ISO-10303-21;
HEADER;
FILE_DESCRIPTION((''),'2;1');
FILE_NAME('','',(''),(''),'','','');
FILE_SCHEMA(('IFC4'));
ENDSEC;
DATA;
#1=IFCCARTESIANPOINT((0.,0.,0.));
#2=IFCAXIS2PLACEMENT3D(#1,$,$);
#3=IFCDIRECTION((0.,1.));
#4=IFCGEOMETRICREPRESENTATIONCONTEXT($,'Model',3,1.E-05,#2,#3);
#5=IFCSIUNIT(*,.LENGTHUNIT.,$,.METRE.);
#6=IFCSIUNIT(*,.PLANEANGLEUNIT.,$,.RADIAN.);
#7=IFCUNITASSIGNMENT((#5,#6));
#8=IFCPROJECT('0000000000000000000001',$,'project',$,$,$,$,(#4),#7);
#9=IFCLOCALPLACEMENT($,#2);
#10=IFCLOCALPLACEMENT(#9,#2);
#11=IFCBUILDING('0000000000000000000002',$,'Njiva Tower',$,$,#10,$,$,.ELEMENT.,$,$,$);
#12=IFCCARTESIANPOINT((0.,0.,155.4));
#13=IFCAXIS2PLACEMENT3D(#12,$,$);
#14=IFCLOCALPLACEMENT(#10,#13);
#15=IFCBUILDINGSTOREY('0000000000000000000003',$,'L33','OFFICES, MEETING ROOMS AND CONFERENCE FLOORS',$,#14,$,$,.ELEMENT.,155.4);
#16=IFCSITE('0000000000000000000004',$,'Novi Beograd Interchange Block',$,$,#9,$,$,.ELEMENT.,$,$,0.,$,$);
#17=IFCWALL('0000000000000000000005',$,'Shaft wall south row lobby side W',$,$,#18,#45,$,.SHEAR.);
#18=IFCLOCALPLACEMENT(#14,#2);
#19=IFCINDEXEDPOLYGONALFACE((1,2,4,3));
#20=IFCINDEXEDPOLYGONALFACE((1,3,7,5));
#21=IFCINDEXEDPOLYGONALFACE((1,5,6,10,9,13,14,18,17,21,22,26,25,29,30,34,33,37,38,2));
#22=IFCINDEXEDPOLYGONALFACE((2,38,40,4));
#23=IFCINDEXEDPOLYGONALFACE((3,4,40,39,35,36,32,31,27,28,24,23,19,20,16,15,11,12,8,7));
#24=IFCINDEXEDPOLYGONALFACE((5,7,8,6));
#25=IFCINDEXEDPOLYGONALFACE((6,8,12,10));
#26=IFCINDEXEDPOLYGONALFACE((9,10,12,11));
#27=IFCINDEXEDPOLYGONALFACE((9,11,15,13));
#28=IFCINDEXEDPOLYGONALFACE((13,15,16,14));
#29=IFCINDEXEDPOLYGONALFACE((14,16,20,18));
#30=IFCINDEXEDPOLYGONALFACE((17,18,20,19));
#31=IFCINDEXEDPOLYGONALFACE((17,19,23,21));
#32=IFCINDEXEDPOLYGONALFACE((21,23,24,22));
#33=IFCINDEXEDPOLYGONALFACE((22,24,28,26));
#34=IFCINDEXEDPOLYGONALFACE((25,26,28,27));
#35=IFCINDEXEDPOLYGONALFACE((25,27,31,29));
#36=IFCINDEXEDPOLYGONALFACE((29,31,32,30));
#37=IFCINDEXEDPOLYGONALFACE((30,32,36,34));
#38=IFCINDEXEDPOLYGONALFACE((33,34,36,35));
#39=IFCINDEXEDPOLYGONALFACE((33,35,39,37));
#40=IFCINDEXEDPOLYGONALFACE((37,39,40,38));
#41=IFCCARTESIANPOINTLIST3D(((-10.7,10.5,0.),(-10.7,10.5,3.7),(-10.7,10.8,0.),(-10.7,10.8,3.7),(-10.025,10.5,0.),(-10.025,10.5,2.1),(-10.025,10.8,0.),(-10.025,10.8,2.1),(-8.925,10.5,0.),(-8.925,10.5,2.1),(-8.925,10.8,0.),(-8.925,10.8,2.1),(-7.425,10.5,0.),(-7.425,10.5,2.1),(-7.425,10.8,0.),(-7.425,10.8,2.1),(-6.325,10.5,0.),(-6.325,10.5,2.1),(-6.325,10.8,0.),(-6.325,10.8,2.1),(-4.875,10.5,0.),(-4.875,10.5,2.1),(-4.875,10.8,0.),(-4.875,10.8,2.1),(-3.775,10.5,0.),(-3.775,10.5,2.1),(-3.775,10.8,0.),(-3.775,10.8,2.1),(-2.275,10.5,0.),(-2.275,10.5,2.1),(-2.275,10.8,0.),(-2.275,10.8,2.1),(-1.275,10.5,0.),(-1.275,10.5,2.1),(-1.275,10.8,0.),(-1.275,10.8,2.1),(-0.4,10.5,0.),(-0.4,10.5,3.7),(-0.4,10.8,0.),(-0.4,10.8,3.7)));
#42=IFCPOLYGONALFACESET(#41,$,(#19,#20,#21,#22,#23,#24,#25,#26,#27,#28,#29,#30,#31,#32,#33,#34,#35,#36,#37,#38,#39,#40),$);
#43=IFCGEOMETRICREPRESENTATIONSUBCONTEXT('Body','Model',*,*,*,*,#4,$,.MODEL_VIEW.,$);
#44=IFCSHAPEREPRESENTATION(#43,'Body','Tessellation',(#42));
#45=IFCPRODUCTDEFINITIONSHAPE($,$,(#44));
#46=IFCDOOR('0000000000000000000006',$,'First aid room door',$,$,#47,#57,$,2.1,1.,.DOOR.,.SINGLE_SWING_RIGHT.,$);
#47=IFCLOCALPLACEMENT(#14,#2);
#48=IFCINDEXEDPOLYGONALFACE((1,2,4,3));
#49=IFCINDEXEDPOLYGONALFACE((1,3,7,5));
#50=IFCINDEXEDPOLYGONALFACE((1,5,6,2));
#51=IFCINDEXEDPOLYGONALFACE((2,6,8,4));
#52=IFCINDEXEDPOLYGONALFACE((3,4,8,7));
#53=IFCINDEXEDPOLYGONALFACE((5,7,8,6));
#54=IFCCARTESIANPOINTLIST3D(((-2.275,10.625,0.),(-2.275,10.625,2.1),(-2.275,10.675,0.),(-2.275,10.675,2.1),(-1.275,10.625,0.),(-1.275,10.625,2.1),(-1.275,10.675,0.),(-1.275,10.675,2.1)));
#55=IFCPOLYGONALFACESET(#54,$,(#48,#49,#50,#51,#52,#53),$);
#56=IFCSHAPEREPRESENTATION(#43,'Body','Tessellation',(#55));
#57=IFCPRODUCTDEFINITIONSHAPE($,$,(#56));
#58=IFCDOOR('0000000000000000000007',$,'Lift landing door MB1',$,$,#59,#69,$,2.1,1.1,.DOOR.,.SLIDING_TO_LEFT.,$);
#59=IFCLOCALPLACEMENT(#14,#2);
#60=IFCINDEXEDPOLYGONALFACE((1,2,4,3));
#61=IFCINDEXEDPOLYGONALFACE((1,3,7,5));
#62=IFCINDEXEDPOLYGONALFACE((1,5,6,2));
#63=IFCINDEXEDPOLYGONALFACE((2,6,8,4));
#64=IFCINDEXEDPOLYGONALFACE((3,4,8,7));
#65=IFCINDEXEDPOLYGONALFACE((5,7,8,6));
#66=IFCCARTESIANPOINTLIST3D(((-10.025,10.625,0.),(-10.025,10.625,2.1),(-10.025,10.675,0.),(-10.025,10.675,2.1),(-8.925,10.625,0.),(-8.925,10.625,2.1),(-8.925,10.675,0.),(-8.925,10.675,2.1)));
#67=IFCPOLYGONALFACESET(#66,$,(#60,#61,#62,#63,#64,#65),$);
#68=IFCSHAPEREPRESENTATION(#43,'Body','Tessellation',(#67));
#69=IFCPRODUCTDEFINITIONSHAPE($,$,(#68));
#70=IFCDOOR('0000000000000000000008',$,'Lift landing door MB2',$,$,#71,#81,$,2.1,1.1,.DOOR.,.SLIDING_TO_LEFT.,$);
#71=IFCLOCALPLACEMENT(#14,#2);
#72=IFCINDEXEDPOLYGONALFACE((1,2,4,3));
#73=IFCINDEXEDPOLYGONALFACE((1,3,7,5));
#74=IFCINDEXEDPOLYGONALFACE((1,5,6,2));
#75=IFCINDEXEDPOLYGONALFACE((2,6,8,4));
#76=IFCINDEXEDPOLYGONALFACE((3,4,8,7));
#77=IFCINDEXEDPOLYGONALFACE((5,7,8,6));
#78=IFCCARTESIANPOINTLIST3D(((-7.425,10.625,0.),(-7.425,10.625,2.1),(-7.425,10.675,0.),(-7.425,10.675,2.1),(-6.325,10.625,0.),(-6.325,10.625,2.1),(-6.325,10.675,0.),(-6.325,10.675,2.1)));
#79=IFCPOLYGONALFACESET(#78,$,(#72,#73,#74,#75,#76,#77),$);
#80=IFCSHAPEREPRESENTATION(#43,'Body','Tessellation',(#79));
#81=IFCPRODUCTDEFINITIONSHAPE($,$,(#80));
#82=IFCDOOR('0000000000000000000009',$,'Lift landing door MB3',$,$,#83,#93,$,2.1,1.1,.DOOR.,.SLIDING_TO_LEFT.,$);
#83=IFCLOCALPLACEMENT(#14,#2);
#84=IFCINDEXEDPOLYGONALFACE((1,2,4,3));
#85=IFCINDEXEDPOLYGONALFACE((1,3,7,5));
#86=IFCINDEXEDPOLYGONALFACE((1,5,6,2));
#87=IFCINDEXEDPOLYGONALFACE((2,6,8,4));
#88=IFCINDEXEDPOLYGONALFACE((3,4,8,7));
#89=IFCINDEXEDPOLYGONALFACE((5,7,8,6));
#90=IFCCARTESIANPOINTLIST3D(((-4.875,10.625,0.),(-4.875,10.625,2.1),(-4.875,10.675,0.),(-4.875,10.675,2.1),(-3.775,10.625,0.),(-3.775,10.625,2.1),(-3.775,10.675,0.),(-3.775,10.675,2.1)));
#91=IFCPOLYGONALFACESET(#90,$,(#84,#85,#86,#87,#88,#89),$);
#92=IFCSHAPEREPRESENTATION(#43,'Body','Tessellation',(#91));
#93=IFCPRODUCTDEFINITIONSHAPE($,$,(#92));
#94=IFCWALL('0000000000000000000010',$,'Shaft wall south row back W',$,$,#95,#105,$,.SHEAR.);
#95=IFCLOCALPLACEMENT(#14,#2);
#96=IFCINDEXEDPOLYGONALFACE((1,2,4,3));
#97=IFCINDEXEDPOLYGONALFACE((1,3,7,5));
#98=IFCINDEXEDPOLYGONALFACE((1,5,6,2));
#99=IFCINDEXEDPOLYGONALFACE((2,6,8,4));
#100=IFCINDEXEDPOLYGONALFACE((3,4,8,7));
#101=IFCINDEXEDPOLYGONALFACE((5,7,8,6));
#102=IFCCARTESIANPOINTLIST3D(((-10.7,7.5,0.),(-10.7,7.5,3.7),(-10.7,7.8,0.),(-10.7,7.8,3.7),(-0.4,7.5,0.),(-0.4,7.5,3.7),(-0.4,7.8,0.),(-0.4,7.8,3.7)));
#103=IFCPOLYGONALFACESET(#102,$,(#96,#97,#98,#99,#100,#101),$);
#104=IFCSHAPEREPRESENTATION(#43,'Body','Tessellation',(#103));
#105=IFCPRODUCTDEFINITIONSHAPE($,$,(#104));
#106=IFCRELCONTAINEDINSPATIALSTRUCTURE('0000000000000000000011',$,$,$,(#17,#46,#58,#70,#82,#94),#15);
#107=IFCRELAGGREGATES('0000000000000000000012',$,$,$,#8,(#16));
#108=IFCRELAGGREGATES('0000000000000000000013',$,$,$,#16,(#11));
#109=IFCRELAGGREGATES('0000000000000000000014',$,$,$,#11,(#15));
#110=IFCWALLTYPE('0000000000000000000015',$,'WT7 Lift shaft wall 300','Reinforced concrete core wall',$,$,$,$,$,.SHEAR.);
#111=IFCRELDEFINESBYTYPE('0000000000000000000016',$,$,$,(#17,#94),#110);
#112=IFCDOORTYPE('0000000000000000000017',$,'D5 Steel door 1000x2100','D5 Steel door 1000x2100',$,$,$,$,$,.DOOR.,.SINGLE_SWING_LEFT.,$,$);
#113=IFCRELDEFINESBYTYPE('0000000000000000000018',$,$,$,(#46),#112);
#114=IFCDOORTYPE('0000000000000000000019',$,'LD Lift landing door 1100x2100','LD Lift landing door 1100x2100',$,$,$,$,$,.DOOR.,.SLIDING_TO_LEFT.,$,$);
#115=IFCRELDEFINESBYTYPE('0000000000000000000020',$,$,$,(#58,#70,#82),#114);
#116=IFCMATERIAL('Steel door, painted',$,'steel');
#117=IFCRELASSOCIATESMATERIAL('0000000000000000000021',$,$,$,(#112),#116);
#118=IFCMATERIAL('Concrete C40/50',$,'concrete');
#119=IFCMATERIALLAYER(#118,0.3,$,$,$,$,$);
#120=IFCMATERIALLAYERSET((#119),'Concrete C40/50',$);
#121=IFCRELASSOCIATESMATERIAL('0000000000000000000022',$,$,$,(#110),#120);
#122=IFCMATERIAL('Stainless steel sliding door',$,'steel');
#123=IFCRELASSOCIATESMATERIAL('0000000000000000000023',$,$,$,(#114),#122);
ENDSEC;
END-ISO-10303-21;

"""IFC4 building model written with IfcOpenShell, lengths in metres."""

from ifc_helpers import new_model, si_unit, direction, frame, frame_2d, origin, place, context, subcontext, project, spatial, rectangle, extrude, material, layer, layer_set, type_object, element, fill, save


model = new_model("IFC4")

# Units and contexts
model_context = context("Model", 3, precision=1e-05, world=origin(), true_north=direction((0.0, 1.0)))
body_context = subcontext(model_context, "Body", "Model", "MODEL_VIEW")
ifc_project = project(units=[si_unit("LENGTHUNIT", "METRE"), si_unit("PLANEANGLEUNIT", "RADIAN")], contexts=[model_context])

# Site, building, storey
site_placement = place(None, origin())
site = spatial("IfcSite", under=ifc_project, at=site_placement, Name="Novi Beograd Interchange Block", CompositionType="ELEMENT", RefElevation=0.0)
building_placement = place(site_placement, origin())
building = spatial("IfcBuilding", under=site, at=building_placement, Name="Njiva Tower", CompositionType="ELEMENT")
storey_placement = place(building_placement, frame((0.0, 0.0, 155.4)))
storey = spatial("IfcBuildingStorey", under=building, at=storey_placement, Name="L33", Description="OFFICES, MEETING ROOMS AND CONFERENCE FLOORS", CompositionType="ELEMENT", Elevation=155.4)

# Shared definitions
ifc_material_1 = material(Name="Concrete C40/50", Category="concrete")
ifc_material_2 = material(Name="Steel door, painted", Category="steel")
door_type_1 = type_object("IfcDoorType", Name="D5 Steel door 1000x2100", Description="D5 Steel door 1000x2100", OperationType="SINGLE_SWING_LEFT", PredefinedType="DOOR", material=ifc_material_2)

# Wall, openings, doors
ifc_layer_1 = layer(ifc_material_1, 0.3)
ifc_layer_set_1 = layer_set([ifc_layer_1], Name="Concrete C40/50")
wall_type_1 = type_object("IfcWallType", Name="WT7 Lift shaft wall 300", Description="Reinforced concrete core wall", PredefinedType="SHEAR", material=ifc_layer_set_1)
wall_1_placement = place(storey_placement, frame((-10.7, 10.65, 0.0), z_axis=(0.0, 0.0, 1.0), x_axis=(1.0, 0.0, 0.0)))
wall_1 = element("IfcWall", 1, at=wall_1_placement, inside=storey, type_object=wall_type_1, Name="Shaft wall south row lobby side W", PredefinedType="SHEAR", context=body_context, shape_type="SweptSolid", body=[
    extrude(rectangle(XDim=10.3, YDim=0.3, at=frame_2d((5.15, 0.0))), origin(), (0.0, 0.0, 1.0), 3.7),
])
opening_1_placement = place(wall_1_placement, frame((0.675, 0.0, 0.0)))
opening_1 = element("IfcOpeningElement", 2, at=opening_1_placement, cuts=wall_1, PredefinedType="OPENING", context=body_context, shape_type="SweptSolid", body=[
    extrude(rectangle(XDim=1.1, YDim=2.1, at=frame_2d((0.55, 1.05))), frame((0.0, 0.16, 0.0), z_axis=(0.0, -1.0, 0.0), x_axis=(1.0, 0.0, 0.0)), (0.0, 0.0, 1.0), 0.32),
])
opening_2_placement = place(wall_1_placement, frame((3.275, 0.0, 0.0)))
opening_2 = element("IfcOpeningElement", 3, at=opening_2_placement, cuts=wall_1, PredefinedType="OPENING", context=body_context, shape_type="SweptSolid", body=[
    extrude(rectangle(XDim=1.1, YDim=2.1, at=frame_2d((0.55, 1.05))), frame((0.0, 0.16, 0.0), z_axis=(0.0, -1.0, 0.0), x_axis=(1.0, 0.0, 0.0)), (0.0, 0.0, 1.0), 0.32),
])
opening_3_placement = place(wall_1_placement, frame((5.825, 0.0, 0.0)))
opening_3 = element("IfcOpeningElement", 4, at=opening_3_placement, cuts=wall_1, PredefinedType="OPENING", context=body_context, shape_type="SweptSolid", body=[
    extrude(rectangle(XDim=1.1, YDim=2.1, at=frame_2d((0.55, 1.05))), frame((0.0, 0.16, 0.0), z_axis=(0.0, -1.0, 0.0), x_axis=(1.0, 0.0, 0.0)), (0.0, 0.0, 1.0), 0.32),
])
opening_4_placement = place(wall_1_placement, frame((8.425, 0.0, 0.0)))
opening_4 = element("IfcOpeningElement", 5, at=opening_4_placement, cuts=wall_1, PredefinedType="OPENING", context=body_context, shape_type="SweptSolid", body=[
    extrude(rectangle(XDim=1.0, YDim=2.1, at=frame_2d((0.5, 1.05))), frame((0.0, 0.16, 0.0), z_axis=(0.0, -1.0, 0.0), x_axis=(1.0, 0.0, 0.0)), (0.0, 0.0, 1.0), 0.32),
])
door_1_placement = place(opening_4_placement, origin())
door_1 = element("IfcDoor", 6, at=door_1_placement, inside=storey, type_object=door_type_1, Name="First aid room door", OperationType="SINGLE_SWING_RIGHT", OverallHeight=2.1, OverallWidth=1.0, PredefinedType="DOOR", context=body_context, shape_type="SweptSolid", body=[
    extrude(rectangle(XDim=1.0, YDim=2.1, at=frame_2d((0.5, 1.05))), frame((0.0, 0.025, 0.0), z_axis=(0.0, -1.0, 0.0), x_axis=(1.0, 0.0, 0.0)), (0.0, 0.0, 1.0), 0.05),
])
fill(opening_4, door_1)
ifc_material_3 = material(Name="Stainless steel sliding door", Category="steel")
door_type_2 = type_object("IfcDoorType", Name="LD Lift landing door 1100x2100", Description="LD Lift landing door 1100x2100", OperationType="SLIDING_TO_LEFT", PredefinedType="DOOR", material=ifc_material_3)
door_2_placement = place(opening_1_placement, origin())
door_2 = element("IfcDoor", 7, at=door_2_placement, inside=storey, type_object=door_type_2, Name="Lift landing door MB1", OperationType="SLIDING_TO_LEFT", OverallHeight=2.1, OverallWidth=1.1, PredefinedType="DOOR", context=body_context, shape_type="SweptSolid", body=[
    extrude(rectangle(XDim=1.1, YDim=2.1, at=frame_2d((0.55, 1.05))), frame((0.0, 0.025, 0.0), z_axis=(0.0, -1.0, 0.0), x_axis=(1.0, 0.0, 0.0)), (0.0, 0.0, 1.0), 0.05),
])
fill(opening_1, door_2)
door_3_placement = place(opening_2_placement, origin())
door_3 = element("IfcDoor", 8, at=door_3_placement, inside=storey, type_object=door_type_2, Name="Lift landing door MB2", OperationType="SLIDING_TO_LEFT", OverallHeight=2.1, OverallWidth=1.1, PredefinedType="DOOR", context=body_context, shape_type="SweptSolid", body=[
    extrude(rectangle(XDim=1.1, YDim=2.1, at=frame_2d((0.55, 1.05))), frame((0.0, 0.025, 0.0), z_axis=(0.0, -1.0, 0.0), x_axis=(1.0, 0.0, 0.0)), (0.0, 0.0, 1.0), 0.05),
])
fill(opening_2, door_3)
door_4_placement = place(opening_3_placement, origin())
door_4 = element("IfcDoor", 9, at=door_4_placement, inside=storey, type_object=door_type_2, Name="Lift landing door MB3", OperationType="SLIDING_TO_LEFT", OverallHeight=2.1, OverallWidth=1.1, PredefinedType="DOOR", context=body_context, shape_type="SweptSolid", body=[
    extrude(rectangle(XDim=1.1, YDim=2.1, at=frame_2d((0.55, 1.05))), frame((0.0, 0.025, 0.0), z_axis=(0.0, -1.0, 0.0), x_axis=(1.0, 0.0, 0.0)), (0.0, 0.0, 1.0), 0.05),
])
fill(opening_3, door_4)

# Wall
wall_2_placement = place(storey_placement, frame((-10.7, 7.65, 0.0), z_axis=(0.0, 0.0, 1.0), x_axis=(1.0, 0.0, 0.0)))
element("IfcWall", 10, at=wall_2_placement, inside=storey, type_object=wall_type_1, Name="Shaft wall south row back W", PredefinedType="SHEAR", context=body_context, shape_type="SweptSolid", body=[
    extrude(rectangle(XDim=10.3, YDim=0.3, at=frame_2d((5.15, 0.0))), origin(), (0.0, 0.0, 1.0), 3.7),
])

save(model, "model.ifc")
